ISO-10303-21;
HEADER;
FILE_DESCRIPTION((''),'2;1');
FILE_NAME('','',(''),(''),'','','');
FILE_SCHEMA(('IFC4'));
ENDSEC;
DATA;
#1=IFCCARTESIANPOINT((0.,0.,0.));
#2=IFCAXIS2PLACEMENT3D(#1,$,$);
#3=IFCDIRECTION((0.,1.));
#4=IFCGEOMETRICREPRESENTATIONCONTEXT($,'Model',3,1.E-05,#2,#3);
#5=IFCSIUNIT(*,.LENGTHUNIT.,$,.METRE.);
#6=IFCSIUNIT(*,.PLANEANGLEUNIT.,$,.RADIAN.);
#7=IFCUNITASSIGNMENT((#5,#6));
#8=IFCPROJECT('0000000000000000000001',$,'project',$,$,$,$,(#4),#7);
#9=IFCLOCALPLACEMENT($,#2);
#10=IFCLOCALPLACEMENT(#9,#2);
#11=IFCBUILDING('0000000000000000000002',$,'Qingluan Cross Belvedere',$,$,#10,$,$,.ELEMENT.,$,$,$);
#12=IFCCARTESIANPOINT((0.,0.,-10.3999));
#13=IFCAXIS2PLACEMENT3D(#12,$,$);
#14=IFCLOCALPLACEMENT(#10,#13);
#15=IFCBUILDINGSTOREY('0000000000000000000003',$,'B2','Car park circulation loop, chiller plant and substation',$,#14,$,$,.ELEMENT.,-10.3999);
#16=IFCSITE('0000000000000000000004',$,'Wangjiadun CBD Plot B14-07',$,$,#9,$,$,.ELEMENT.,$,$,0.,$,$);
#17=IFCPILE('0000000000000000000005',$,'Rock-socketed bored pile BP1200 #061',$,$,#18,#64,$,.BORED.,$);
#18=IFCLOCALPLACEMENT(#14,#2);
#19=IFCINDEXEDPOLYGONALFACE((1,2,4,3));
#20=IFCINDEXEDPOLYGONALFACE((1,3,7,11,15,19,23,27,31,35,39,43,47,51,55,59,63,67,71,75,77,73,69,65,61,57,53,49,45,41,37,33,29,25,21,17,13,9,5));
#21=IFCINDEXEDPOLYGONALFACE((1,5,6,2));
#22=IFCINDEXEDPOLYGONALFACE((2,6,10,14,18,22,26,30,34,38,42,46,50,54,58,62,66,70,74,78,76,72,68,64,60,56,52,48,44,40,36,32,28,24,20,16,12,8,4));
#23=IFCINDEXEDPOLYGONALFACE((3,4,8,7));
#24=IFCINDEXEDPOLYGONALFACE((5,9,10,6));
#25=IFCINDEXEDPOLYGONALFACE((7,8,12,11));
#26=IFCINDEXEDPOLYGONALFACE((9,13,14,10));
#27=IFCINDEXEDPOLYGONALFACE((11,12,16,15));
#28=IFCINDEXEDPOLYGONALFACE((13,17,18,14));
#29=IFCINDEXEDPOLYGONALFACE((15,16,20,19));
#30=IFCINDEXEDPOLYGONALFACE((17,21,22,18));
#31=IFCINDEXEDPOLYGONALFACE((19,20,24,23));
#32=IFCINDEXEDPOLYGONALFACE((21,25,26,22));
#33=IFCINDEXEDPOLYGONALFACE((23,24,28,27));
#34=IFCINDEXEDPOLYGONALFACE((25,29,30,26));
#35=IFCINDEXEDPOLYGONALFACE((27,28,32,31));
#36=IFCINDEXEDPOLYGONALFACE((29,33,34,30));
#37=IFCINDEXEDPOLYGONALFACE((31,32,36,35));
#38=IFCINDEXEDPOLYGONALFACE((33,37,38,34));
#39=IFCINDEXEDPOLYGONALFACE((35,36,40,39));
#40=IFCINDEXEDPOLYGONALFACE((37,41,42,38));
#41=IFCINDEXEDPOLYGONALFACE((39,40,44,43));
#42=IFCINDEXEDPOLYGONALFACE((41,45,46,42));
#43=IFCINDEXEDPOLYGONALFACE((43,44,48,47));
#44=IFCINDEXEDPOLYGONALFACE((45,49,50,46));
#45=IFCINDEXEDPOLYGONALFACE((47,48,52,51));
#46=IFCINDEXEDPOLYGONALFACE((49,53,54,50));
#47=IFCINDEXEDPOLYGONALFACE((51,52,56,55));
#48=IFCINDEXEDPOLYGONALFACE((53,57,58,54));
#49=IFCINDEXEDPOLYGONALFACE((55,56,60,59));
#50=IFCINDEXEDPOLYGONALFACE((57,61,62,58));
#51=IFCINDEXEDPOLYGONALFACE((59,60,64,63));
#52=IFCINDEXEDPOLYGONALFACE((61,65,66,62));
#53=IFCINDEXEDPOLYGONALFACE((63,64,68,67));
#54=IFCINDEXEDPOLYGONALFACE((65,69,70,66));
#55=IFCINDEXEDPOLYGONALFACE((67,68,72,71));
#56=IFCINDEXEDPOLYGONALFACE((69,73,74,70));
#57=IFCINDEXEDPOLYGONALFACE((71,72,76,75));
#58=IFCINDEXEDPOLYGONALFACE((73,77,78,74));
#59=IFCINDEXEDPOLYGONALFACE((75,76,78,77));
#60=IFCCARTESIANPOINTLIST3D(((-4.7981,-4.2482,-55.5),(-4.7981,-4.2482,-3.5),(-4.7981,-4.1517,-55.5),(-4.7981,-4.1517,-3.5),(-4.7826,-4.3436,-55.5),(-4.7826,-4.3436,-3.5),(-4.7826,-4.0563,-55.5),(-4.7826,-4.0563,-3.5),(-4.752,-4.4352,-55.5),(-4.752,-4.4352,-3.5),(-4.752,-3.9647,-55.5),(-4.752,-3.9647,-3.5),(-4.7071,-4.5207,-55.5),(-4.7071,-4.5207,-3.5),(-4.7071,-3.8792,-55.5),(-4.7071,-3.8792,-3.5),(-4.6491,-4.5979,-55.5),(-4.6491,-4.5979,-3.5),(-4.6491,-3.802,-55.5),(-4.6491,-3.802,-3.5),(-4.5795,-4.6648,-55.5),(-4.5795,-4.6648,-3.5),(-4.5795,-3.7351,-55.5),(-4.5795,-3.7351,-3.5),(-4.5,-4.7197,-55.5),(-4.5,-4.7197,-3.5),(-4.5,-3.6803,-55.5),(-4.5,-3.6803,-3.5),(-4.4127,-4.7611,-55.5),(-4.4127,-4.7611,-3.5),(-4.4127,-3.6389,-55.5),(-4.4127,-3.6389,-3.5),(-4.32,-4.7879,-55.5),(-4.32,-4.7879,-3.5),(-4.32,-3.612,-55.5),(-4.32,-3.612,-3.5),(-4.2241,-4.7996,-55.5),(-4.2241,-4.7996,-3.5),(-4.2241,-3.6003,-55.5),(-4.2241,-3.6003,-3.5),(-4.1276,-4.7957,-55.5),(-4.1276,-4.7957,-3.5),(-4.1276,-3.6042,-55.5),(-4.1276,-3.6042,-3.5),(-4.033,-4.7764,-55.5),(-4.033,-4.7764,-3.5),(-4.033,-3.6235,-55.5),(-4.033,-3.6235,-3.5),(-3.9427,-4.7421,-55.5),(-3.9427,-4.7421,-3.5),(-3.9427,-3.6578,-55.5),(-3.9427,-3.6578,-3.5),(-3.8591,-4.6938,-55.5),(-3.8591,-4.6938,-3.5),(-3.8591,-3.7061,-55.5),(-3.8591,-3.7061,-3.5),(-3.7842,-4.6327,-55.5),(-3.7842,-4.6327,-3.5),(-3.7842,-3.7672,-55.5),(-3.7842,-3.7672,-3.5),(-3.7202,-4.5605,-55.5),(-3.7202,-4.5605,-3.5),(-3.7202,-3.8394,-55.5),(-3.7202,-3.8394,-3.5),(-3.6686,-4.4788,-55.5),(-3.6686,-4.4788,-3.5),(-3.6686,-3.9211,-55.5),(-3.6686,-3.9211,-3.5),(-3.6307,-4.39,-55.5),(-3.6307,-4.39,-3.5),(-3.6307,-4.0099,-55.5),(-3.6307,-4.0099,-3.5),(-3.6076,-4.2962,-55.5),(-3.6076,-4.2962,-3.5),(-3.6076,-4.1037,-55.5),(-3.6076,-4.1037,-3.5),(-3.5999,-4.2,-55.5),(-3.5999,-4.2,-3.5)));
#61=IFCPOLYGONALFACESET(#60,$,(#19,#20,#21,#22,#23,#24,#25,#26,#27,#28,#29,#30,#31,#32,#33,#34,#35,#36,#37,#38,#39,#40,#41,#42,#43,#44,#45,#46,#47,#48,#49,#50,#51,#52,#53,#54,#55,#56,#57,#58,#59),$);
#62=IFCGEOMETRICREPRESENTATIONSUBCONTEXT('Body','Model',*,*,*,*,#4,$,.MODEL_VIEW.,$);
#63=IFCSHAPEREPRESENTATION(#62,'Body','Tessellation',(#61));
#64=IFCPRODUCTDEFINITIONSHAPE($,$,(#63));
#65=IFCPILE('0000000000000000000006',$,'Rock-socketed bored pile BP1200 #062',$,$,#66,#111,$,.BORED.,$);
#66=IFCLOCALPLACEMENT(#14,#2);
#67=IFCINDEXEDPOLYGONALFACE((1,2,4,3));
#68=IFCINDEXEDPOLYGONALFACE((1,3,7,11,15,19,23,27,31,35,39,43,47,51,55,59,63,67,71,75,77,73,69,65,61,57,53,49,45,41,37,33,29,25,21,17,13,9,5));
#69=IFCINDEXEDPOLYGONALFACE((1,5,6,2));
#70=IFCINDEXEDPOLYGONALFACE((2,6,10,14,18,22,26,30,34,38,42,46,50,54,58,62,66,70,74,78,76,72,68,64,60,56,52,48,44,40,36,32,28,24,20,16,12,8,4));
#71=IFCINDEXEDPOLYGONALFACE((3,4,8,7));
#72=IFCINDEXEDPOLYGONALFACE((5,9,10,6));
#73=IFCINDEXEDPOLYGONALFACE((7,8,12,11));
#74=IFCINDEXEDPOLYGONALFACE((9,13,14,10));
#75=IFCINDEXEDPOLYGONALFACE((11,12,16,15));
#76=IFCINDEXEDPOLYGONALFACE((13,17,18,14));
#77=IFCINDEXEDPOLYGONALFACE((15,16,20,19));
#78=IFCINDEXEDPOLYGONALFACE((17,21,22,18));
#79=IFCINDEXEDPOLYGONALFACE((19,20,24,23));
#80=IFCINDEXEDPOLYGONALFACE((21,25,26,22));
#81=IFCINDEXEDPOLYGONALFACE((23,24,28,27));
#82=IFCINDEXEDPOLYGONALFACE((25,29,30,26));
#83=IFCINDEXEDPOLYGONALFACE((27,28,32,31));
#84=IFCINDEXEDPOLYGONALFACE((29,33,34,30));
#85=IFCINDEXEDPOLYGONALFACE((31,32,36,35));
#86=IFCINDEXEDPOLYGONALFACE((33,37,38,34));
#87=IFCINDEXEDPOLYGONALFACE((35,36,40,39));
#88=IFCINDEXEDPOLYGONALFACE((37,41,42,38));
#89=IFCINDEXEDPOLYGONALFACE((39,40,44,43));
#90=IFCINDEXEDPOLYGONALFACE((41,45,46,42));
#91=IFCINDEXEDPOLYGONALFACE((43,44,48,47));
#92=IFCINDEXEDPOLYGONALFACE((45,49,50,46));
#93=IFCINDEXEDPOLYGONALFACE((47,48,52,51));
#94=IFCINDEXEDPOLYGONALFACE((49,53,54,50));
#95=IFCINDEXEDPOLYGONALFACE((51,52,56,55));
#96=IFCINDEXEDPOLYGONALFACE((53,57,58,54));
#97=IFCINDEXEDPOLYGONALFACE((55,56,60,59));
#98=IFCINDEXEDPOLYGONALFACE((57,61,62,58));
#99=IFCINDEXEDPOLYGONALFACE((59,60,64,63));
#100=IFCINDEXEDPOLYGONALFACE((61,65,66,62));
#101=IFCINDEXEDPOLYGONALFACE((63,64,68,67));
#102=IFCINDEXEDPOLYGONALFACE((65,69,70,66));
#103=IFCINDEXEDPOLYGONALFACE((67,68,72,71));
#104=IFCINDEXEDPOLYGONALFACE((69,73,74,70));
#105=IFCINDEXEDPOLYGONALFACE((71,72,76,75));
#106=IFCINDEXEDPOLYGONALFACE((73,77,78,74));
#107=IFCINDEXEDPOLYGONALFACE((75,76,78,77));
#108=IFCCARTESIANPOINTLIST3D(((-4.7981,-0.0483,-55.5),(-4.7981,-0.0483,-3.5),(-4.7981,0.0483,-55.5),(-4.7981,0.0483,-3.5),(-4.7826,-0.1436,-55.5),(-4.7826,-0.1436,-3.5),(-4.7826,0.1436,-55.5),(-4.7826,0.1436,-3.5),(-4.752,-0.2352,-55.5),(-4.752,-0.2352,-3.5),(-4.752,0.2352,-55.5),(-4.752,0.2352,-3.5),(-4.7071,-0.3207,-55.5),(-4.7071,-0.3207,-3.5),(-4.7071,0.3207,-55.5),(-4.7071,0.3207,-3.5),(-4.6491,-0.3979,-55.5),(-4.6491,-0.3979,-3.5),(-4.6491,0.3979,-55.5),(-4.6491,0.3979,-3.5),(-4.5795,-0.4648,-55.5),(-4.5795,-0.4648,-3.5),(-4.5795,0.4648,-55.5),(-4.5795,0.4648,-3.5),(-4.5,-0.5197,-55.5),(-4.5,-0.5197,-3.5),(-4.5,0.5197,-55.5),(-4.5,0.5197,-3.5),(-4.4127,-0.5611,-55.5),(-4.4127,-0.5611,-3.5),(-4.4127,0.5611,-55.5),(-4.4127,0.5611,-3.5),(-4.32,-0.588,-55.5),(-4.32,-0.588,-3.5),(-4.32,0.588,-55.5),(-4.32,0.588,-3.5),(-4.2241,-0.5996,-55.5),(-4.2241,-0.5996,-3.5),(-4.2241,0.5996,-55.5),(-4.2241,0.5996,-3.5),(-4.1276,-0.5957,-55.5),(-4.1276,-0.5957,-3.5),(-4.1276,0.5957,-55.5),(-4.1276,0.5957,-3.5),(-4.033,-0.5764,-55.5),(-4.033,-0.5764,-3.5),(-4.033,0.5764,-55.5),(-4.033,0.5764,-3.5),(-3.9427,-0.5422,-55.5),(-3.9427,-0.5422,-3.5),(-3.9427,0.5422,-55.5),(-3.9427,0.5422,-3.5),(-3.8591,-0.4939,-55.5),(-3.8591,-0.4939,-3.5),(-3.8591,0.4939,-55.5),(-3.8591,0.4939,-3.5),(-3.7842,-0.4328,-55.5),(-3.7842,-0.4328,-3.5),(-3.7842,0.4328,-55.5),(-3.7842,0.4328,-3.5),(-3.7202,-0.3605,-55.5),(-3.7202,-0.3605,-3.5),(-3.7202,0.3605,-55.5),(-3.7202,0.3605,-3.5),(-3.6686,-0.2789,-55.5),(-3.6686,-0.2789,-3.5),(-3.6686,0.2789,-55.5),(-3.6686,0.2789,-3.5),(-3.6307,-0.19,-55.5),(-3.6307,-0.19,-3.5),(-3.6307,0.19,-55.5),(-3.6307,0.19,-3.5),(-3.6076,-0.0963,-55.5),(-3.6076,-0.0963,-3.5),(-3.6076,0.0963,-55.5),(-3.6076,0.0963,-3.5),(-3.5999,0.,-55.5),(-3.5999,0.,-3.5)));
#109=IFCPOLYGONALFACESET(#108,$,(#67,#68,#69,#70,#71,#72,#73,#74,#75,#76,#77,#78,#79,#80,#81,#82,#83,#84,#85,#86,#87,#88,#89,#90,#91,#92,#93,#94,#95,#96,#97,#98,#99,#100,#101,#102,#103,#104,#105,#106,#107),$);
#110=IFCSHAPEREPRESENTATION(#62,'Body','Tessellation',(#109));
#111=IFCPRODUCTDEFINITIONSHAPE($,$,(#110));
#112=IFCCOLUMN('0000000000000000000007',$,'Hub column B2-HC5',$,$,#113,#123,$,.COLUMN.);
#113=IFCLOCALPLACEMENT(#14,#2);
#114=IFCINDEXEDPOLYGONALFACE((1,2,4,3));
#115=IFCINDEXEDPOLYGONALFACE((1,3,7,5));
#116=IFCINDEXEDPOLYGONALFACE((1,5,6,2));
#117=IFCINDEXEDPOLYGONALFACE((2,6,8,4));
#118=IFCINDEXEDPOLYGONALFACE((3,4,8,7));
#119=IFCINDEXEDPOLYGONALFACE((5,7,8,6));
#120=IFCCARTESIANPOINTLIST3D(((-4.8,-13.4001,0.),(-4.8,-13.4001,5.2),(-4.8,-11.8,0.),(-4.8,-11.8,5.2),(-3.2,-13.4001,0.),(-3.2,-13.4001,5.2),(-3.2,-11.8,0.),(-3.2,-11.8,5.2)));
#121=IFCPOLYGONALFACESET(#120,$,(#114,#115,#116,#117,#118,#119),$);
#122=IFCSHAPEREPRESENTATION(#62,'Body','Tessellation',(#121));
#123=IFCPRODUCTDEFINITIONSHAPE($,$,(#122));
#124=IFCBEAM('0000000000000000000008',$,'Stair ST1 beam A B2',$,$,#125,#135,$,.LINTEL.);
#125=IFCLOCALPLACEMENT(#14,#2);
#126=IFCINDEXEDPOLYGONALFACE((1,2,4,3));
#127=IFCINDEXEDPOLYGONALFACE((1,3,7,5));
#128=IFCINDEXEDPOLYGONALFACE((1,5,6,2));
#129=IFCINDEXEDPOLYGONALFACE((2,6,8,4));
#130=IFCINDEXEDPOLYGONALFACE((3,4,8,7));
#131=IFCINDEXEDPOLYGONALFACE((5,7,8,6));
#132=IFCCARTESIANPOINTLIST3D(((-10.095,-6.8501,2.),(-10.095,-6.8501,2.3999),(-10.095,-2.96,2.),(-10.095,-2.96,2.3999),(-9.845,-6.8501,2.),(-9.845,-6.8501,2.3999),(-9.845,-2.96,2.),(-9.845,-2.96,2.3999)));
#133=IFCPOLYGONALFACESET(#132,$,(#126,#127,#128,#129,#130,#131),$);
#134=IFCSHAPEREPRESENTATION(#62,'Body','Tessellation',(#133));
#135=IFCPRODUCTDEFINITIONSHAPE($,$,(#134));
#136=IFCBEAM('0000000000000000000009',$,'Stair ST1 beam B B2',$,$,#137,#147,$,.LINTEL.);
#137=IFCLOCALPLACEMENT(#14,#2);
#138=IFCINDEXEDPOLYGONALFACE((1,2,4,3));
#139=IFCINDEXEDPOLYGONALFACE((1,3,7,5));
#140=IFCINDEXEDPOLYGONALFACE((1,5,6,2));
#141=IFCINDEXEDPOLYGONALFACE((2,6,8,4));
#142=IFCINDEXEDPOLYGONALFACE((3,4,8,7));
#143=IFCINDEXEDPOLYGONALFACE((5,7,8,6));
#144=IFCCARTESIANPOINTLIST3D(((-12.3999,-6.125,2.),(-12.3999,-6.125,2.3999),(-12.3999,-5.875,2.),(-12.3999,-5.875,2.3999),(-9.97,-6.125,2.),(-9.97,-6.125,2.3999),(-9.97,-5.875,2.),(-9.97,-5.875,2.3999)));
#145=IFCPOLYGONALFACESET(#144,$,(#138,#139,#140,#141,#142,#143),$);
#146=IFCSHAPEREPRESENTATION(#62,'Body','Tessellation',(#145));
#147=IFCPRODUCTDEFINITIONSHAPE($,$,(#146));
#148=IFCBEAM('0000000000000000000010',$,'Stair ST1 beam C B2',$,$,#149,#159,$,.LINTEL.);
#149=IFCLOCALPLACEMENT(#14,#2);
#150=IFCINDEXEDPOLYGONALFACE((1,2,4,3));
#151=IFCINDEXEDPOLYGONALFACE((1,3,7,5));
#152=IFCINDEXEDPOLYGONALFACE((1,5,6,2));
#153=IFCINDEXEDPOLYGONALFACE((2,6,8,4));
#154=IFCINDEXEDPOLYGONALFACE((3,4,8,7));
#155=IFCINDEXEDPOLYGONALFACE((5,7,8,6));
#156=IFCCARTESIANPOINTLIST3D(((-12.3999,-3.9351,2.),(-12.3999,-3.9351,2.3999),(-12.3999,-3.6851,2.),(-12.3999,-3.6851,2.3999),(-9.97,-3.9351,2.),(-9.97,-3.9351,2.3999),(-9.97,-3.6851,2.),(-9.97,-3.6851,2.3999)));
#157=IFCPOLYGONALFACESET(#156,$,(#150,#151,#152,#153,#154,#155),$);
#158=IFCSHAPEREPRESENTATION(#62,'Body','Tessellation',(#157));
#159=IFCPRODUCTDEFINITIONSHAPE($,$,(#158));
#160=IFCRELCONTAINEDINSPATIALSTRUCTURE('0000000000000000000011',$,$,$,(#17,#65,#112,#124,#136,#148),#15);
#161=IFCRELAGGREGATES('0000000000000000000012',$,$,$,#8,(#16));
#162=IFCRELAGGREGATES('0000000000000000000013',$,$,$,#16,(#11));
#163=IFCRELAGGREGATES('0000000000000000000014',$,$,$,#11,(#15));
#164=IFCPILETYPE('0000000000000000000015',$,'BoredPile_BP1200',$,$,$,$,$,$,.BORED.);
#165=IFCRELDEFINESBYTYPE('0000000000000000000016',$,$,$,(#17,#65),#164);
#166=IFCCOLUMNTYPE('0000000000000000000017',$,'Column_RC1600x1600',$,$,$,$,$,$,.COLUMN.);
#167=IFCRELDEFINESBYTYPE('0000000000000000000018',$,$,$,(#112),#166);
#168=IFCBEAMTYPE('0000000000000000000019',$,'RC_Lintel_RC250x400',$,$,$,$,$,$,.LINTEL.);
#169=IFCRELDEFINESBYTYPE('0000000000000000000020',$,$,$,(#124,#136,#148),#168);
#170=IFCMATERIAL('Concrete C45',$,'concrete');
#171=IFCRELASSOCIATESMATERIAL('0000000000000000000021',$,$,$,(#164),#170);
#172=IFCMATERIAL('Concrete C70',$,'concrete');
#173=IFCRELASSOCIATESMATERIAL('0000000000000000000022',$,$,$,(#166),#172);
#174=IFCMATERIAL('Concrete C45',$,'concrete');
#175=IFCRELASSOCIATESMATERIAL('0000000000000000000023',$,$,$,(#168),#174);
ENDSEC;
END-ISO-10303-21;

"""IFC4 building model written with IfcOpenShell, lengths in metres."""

from ifc_helpers import new_model, si_unit, direction, frame, origin, origin_2d, place, context, subcontext, project, spatial, rectangle, circle, extrude, material, material_profile, profile_set, type_object, element, save


model = new_model("IFC4")

# Units and contexts
model_context = context("Model", 3, precision=1e-05, world=origin(), true_north=direction((0.0, 1.0)))
body_context = subcontext(model_context, "Body", "Model", "MODEL_VIEW")
ifc_project = project(units=[si_unit("LENGTHUNIT", "METRE"), si_unit("PLANEANGLEUNIT", "RADIAN")], contexts=[model_context])

# Site, building, storey
site_placement = place(None, origin())
site = spatial("IfcSite", under=ifc_project, at=site_placement, Name="Wangjiadun CBD Plot B14-07", CompositionType="ELEMENT", RefElevation=0.0)
building_placement = place(site_placement, origin())
building = spatial("IfcBuilding", under=site, at=building_placement, Name="Qingluan Cross Belvedere", CompositionType="ELEMENT")
storey_placement = place(building_placement, frame((0.0, 0.0, -10.3999)))
storey = spatial("IfcBuildingStorey", under=building, at=storey_placement, Name="B2", Description="Car park circulation loop, chiller plant and substation", CompositionType="ELEMENT", Elevation=-10.3999)

# Piles
ifc_material_1 = material(Name="Concrete C45", Category="concrete")
ifc_material_profile_1 = material_profile(ifc_material_1, circle(Radius=0.6001, at=origin_2d()), Name="BP1200")
ifc_profile_set_1 = profile_set([ifc_material_profile_1], Name="Concrete C45")
pile_type_1 = type_object("IfcPileType", Name="BoredPile_BP1200", PredefinedType="BORED", material=ifc_profile_set_1)
for number, where, z_axis, x_axis, name in (
    (1, (-4.2, -4.2, -3.5), (0.0, 0.0, -1.0), (1.0, 0.0, 0.0), "Rock-socketed bored pile BP1200 #061"),
    (2, (-4.2, 0.0, -3.5), (0.0, 0.0, -1.0), (1.0, 0.0, 0.0), "Rock-socketed bored pile BP1200 #062"),
):
    element("IfcPile", number, at=place(storey_placement, frame(where, z_axis=z_axis, x_axis=x_axis)), inside=storey, type_object=pile_type_1, Name=name, PredefinedType="BORED", context=body_context, shape_type="SweptSolid", body=[
        extrude(circle(Radius=0.6001, at=origin_2d()), origin(), (0.0, 0.0, 1.0), 52.0),
    ])

# Column
ifc_material_2 = material(Name="Concrete C70", Category="concrete")
ifc_material_profile_2 = material_profile(ifc_material_2, rectangle(XDim=1.6001, YDim=1.6001, at=origin_2d()), Name="RC1600x1600")
ifc_profile_set_2 = profile_set([ifc_material_profile_2], Name="Concrete C70")
column_type = type_object("IfcColumnType", Name="Column_RC1600x1600", PredefinedType="COLUMN", material=ifc_profile_set_2)
column_placement = place(storey_placement, frame((-4.0, -12.6001, 0.0), z_axis=(0.0, 0.0, 1.0), x_axis=(1.0, 0.0, 0.0)))
element("IfcColumn", 3, at=column_placement, inside=storey, type_object=column_type, Name="Hub column B2-HC5", PredefinedType="COLUMN", context=body_context, shape_type="SweptSolid", body=[
    extrude(rectangle(XDim=1.6001, YDim=1.6001, at=origin_2d()), origin(), (0.0, 0.0, 1.0), 5.2),
])

# Beams
ifc_material_3 = material(Name="Concrete C45", Category="concrete")
ifc_material_profile_3 = material_profile(ifc_material_3, rectangle(XDim=0.25, YDim=0.3999, at=origin_2d()), Name="RC250x400")
ifc_profile_set_3 = profile_set([ifc_material_profile_3], Name="Concrete C45")
beam_type_1 = type_object("IfcBeamType", Name="RC_Lintel_RC250x400", PredefinedType="LINTEL", material=ifc_profile_set_3)
beam_1_placement = place(storey_placement, frame((-9.97, -6.8501, 2.2), z_axis=(0.0, 1.0, 0.0), x_axis=(-1.0, 0.0, 0.0)))
element("IfcBeam", 4, at=beam_1_placement, inside=storey, type_object=beam_type_1, Name="Stair ST1 beam A B2", PredefinedType="LINTEL", context=body_context, shape_type="SweptSolid", body=[
    extrude(rectangle(XDim=0.25, YDim=0.3999, at=origin_2d()), origin(), (0.0, 0.0, 1.0), 3.8901),
])
for number, where, z_axis, x_axis, name in (
    (5, (-12.3999, -6.0, 2.2), (1.0, 0.0, 0.0), (0.0, 1.0, 0.0), "Stair ST1 beam B B2"),
    (6, (-12.3999, -3.8101, 2.2), (1.0, 0.0, 0.0), (0.0, 1.0, 0.0), "Stair ST1 beam C B2"),
):
    element("IfcBeam", number, at=place(storey_placement, frame(where, z_axis=z_axis, x_axis=x_axis)), inside=storey, type_object=beam_type_1, Name=name, PredefinedType="LINTEL", context=body_context, shape_type="SweptSolid", body=[
        extrude(rectangle(XDim=0.25, YDim=0.3999, at=origin_2d()), origin(), (0.0, 0.0, 1.0), 2.4299),
    ])

save(model, "model.ifc")
